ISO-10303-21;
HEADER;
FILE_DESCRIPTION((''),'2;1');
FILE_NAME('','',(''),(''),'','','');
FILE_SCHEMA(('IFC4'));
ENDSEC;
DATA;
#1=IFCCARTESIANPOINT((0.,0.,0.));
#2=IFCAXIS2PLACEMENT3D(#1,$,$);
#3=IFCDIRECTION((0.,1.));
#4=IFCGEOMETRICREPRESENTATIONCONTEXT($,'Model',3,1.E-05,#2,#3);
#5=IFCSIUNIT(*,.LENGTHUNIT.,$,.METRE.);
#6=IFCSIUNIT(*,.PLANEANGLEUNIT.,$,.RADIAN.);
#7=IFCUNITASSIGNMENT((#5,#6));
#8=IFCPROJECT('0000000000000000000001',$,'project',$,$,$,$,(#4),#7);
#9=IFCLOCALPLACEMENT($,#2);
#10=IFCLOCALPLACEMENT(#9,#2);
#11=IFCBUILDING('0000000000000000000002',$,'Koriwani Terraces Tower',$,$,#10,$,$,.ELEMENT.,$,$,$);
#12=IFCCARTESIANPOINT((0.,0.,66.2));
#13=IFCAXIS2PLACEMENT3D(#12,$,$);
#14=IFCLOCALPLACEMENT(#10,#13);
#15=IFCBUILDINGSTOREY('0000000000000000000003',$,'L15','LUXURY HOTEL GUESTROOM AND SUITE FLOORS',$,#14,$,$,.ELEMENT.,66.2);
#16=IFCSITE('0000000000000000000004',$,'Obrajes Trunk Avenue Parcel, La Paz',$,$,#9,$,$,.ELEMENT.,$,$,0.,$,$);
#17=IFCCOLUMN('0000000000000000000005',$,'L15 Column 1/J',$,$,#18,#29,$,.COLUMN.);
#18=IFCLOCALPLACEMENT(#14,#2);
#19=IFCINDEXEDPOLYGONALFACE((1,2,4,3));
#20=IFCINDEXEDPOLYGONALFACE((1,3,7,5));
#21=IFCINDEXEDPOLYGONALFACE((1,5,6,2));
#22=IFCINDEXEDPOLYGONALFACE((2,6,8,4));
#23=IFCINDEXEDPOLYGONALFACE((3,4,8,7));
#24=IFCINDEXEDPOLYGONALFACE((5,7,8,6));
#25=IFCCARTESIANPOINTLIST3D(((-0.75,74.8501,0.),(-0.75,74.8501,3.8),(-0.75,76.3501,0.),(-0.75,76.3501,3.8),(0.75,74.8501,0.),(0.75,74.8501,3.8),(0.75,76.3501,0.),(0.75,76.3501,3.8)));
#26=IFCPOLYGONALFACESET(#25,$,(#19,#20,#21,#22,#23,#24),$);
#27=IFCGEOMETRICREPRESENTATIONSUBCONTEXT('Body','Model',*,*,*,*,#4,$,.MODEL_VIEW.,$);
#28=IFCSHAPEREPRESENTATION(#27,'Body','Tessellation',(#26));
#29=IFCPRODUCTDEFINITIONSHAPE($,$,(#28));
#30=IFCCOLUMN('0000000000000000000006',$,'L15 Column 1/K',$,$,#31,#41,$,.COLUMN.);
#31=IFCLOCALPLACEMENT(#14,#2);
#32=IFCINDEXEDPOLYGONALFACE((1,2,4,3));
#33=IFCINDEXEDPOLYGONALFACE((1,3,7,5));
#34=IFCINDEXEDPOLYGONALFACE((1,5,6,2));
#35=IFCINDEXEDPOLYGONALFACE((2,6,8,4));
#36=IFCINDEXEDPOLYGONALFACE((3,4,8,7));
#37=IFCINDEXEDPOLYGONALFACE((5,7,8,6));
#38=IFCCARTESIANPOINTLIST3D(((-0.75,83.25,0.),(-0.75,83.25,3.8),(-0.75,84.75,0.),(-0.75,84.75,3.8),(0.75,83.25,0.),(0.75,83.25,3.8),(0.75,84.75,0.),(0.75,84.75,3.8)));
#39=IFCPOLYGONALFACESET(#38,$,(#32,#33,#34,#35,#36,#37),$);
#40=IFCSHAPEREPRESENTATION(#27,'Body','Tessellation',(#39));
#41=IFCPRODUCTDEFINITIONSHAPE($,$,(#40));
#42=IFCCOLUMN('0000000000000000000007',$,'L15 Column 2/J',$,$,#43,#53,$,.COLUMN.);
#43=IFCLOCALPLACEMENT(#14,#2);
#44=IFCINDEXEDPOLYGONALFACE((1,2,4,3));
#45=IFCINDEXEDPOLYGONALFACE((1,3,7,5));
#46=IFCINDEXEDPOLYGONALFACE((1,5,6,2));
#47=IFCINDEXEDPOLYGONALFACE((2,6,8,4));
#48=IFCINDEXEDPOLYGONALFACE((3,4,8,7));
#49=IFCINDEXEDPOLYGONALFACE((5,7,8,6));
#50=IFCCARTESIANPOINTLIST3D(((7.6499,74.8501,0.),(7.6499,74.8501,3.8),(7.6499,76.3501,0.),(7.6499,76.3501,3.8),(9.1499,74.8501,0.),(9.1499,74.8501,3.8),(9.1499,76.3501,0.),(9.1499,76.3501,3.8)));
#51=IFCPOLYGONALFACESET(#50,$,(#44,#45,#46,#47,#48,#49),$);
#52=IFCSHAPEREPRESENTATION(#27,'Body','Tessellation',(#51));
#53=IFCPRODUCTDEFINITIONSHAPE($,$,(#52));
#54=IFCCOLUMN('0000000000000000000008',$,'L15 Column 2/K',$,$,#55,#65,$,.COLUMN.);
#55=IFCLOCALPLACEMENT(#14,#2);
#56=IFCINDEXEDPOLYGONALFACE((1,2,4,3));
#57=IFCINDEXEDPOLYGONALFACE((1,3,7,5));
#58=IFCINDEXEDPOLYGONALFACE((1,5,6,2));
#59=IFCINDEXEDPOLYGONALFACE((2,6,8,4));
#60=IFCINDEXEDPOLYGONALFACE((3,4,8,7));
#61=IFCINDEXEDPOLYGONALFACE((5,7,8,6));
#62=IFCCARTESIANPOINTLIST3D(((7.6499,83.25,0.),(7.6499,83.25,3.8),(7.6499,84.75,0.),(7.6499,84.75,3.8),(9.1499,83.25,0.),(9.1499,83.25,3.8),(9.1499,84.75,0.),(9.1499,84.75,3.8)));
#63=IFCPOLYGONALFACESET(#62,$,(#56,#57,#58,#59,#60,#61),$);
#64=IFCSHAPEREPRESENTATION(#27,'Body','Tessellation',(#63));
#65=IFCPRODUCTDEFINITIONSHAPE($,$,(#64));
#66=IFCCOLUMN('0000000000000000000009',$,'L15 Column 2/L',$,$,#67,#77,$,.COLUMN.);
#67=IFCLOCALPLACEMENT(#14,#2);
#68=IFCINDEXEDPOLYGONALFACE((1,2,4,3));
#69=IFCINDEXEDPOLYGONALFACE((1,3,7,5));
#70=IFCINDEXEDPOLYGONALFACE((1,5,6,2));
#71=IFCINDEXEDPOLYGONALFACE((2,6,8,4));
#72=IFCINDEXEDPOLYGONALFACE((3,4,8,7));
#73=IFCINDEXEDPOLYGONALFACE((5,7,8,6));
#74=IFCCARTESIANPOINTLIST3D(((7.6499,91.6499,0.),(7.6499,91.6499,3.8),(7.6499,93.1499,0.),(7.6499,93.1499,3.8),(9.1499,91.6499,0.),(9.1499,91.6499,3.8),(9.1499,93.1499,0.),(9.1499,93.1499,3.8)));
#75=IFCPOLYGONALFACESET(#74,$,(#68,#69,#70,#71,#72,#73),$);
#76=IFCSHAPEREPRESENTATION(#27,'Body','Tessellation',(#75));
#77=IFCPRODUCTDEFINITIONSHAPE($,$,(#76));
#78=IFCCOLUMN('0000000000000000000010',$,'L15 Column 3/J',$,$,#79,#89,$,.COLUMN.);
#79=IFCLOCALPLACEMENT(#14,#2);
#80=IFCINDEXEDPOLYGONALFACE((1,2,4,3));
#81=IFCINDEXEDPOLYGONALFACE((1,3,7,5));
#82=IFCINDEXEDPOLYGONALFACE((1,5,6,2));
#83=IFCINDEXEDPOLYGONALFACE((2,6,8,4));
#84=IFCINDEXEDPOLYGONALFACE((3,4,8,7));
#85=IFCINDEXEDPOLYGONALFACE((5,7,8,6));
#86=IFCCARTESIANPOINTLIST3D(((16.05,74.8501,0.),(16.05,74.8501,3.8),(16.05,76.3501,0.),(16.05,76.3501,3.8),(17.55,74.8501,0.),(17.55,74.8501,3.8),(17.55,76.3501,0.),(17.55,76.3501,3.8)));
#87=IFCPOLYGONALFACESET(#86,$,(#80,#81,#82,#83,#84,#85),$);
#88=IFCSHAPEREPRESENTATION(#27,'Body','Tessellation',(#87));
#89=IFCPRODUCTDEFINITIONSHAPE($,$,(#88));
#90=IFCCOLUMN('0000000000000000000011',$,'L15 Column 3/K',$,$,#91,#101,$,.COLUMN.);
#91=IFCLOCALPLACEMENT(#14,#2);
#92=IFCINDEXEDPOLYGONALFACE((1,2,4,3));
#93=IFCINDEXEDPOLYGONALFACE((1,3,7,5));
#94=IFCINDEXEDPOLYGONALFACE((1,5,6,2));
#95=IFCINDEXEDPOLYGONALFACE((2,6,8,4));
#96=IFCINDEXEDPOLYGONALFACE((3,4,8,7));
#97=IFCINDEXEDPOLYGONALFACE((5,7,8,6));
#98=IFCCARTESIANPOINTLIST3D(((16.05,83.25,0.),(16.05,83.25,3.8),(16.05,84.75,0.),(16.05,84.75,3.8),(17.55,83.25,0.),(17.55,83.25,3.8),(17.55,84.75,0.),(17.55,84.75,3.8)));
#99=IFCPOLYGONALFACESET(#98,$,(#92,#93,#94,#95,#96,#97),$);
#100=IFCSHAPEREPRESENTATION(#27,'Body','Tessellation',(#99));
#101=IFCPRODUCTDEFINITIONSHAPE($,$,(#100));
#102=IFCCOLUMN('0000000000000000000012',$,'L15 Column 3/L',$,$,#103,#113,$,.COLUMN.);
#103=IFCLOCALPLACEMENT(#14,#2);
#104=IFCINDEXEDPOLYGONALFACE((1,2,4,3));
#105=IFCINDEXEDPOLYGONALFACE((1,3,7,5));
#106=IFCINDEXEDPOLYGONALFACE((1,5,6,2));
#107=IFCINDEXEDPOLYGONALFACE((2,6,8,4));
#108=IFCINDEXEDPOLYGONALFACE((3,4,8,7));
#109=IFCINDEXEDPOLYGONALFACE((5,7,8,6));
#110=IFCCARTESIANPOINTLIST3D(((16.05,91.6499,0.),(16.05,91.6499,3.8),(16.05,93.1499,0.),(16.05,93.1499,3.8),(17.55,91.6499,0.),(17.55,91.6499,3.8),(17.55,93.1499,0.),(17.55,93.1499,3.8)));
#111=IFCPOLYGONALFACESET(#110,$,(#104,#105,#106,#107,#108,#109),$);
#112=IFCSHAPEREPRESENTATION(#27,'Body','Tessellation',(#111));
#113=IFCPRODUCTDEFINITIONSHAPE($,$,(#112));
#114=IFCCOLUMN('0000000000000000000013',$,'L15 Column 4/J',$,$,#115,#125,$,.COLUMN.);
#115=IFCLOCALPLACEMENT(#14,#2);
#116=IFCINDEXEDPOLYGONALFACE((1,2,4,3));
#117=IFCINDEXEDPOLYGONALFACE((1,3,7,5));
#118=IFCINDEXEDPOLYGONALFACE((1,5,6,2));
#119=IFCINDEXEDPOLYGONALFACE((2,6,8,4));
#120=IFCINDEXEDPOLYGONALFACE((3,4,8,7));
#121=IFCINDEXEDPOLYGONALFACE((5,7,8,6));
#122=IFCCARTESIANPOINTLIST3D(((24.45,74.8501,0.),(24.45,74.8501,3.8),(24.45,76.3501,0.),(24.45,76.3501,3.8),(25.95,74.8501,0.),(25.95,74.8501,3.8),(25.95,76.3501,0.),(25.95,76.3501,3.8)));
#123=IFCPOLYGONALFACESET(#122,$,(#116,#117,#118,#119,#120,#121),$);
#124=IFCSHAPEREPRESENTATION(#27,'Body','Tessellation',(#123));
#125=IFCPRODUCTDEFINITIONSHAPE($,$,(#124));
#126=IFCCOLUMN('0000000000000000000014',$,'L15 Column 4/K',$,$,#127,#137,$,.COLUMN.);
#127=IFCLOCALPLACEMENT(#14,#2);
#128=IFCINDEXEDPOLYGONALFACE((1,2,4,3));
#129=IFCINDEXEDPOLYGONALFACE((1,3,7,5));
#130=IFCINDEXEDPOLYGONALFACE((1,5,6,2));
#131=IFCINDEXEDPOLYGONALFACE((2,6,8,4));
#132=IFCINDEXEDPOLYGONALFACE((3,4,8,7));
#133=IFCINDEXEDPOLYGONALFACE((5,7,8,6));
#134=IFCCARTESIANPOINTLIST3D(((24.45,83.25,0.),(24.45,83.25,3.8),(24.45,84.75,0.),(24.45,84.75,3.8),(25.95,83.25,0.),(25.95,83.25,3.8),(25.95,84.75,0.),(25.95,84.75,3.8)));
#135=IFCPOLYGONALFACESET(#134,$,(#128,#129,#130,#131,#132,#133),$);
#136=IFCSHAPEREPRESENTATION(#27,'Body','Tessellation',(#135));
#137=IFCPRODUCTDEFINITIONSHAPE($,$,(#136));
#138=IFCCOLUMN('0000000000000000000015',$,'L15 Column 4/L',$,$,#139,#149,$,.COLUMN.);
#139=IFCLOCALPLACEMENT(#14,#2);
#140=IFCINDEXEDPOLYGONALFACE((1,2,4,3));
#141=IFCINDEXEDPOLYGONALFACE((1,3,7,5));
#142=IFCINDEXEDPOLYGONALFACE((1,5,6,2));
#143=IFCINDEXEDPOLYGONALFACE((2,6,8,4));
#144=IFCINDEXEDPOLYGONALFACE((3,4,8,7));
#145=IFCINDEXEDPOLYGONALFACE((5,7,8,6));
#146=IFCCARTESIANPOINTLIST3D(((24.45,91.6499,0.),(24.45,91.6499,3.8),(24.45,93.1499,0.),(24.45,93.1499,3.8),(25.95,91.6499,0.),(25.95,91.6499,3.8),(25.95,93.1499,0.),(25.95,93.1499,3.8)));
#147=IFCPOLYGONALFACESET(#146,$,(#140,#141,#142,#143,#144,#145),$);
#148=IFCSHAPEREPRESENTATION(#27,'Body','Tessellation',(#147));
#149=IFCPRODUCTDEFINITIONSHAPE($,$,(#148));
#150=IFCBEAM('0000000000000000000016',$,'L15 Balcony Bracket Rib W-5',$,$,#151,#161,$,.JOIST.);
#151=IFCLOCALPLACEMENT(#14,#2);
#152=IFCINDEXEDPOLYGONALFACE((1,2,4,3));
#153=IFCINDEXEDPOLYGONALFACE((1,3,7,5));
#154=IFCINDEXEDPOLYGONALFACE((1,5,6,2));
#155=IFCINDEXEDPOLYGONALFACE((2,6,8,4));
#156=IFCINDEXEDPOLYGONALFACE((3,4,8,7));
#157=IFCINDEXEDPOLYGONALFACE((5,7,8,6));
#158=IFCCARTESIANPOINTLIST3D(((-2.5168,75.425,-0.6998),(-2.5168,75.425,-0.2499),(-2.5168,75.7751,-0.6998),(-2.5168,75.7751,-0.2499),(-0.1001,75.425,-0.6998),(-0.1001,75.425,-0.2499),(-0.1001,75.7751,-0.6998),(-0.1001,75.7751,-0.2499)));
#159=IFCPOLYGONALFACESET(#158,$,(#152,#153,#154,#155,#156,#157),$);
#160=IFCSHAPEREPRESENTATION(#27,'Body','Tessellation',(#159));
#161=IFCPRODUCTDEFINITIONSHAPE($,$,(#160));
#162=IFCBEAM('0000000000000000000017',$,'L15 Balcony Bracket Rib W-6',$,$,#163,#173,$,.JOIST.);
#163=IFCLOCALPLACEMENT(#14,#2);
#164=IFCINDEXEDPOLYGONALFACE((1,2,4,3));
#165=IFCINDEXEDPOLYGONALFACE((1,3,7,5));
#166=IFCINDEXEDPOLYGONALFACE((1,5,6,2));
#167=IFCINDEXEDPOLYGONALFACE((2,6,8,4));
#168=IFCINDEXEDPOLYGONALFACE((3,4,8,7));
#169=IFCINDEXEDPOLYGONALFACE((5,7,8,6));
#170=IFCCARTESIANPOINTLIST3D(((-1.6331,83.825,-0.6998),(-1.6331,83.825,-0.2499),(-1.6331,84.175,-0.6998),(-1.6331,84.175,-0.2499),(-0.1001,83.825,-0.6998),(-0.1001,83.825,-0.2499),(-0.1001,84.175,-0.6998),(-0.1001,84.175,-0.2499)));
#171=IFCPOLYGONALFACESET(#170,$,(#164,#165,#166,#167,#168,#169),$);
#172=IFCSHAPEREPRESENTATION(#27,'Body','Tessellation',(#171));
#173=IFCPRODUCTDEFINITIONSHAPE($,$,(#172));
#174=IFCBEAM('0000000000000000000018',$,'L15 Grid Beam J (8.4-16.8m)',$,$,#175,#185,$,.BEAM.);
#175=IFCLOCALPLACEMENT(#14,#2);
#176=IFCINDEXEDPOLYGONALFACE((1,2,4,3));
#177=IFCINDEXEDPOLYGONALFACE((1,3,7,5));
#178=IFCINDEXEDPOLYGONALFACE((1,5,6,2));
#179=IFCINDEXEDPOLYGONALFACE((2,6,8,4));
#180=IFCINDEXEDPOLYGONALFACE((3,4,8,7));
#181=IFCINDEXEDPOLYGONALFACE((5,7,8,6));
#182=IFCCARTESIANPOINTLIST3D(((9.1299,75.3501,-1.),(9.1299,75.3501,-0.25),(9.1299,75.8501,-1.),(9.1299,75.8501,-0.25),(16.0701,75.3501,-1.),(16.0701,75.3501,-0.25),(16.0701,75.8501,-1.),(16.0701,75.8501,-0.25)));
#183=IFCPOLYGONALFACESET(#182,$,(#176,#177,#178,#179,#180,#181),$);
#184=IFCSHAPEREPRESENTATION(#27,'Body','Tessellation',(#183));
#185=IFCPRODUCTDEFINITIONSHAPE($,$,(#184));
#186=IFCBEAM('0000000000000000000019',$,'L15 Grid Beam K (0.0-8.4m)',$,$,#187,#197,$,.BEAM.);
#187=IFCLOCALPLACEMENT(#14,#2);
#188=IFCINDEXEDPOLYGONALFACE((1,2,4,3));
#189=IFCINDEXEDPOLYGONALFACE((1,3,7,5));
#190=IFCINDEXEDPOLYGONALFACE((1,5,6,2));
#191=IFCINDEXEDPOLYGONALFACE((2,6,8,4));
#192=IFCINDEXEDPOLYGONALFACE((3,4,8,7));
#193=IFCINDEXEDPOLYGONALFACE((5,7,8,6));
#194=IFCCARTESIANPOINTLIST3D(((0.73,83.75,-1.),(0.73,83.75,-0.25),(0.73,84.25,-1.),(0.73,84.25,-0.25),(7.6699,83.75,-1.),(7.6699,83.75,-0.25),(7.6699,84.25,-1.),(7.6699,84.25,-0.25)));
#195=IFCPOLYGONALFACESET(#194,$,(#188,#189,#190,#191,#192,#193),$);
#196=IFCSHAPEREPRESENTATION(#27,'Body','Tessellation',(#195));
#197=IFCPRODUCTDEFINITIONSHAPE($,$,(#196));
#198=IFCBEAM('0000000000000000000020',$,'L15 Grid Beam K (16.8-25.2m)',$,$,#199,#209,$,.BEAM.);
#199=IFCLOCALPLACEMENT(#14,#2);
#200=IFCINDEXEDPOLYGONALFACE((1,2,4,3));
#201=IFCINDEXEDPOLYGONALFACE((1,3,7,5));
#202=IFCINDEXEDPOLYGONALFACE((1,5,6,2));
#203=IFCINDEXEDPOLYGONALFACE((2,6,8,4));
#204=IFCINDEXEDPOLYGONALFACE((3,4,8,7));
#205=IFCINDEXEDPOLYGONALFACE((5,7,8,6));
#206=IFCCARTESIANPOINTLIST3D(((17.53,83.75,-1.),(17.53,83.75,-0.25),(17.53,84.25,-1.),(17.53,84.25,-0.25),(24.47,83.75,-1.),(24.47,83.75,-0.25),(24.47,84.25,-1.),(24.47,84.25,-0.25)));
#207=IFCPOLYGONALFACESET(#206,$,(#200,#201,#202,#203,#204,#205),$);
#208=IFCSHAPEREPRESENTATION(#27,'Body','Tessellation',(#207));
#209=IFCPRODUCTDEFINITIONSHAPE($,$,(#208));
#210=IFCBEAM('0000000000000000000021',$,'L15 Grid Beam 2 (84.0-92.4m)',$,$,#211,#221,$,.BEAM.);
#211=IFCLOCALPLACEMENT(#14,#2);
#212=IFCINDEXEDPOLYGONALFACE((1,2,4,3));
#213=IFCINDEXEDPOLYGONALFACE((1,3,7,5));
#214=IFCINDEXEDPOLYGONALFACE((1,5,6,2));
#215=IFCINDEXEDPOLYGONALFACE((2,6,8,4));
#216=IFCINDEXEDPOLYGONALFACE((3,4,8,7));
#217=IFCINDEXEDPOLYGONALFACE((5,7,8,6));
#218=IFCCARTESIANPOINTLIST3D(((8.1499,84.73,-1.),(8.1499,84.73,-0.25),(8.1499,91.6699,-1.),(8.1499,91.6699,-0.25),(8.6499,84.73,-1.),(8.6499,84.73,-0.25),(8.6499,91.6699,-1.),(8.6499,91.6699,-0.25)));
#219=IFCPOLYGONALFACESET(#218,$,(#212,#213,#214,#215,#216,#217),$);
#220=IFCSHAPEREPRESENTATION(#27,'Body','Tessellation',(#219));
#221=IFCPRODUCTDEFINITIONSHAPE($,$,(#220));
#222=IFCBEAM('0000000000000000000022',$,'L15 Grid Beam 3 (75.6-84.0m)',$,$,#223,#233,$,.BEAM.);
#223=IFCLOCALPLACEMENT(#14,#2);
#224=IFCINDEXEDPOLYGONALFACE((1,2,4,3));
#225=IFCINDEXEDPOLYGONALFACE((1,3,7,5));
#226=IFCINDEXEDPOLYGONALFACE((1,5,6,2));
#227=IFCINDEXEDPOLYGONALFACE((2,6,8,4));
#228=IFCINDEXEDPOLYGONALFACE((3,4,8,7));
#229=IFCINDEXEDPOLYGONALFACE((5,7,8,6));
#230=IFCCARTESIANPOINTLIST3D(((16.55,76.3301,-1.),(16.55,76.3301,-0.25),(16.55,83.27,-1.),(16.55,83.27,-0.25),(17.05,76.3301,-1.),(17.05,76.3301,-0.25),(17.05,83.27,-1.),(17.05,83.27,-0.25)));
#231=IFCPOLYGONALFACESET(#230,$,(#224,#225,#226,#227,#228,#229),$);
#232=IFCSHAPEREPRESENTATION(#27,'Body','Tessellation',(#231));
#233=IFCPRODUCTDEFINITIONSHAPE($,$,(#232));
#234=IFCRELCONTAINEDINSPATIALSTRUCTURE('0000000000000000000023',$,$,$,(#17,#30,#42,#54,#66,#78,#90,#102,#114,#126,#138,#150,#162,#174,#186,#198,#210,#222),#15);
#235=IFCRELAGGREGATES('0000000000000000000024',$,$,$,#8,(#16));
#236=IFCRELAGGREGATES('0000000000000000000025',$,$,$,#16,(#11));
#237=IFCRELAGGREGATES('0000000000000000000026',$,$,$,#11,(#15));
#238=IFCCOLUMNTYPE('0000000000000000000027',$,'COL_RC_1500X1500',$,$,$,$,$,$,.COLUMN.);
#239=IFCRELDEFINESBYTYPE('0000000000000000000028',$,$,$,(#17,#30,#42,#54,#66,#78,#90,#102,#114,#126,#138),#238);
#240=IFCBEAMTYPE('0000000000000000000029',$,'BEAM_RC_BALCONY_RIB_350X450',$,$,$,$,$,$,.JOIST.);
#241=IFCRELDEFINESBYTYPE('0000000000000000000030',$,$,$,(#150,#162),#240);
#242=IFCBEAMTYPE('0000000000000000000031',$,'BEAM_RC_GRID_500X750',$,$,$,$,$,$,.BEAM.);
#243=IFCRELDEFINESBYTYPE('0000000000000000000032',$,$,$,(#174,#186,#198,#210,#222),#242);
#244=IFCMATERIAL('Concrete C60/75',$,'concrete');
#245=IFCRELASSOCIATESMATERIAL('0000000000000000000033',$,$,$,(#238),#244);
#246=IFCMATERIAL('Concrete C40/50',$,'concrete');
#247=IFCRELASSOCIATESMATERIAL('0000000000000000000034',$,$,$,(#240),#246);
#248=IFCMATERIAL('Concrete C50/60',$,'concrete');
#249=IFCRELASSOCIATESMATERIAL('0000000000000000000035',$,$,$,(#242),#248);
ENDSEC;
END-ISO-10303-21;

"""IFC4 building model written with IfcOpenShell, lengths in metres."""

from ifc_helpers import new_model, si_unit, direction, frame, origin, origin_2d, place, context, subcontext, project, spatial, rectangle, extrude, material, material_profile, profile_set, type_object, element, save


model = new_model("IFC4")

# Units and contexts
model_context = context("Model", 3, precision=1e-05, world=origin(), true_north=direction((0.0, 1.0)))
body_context = subcontext(model_context, "Body", "Model", "MODEL_VIEW")
ifc_project = project(units=[si_unit("LENGTHUNIT", "METRE"), si_unit("PLANEANGLEUNIT", "RADIAN")], contexts=[model_context])

# Site, building, storey
site_placement = place(None, origin())
site = spatial("IfcSite", under=ifc_project, at=site_placement, Name="Obrajes Trunk Avenue Parcel, La Paz", CompositionType="ELEMENT", RefElevation=0.0)
building_placement = place(site_placement, origin())
building = spatial("IfcBuilding", under=site, at=building_placement, Name="Koriwani Terraces Tower", CompositionType="ELEMENT")
storey_placement = place(building_placement, frame((0.0, 0.0, 66.2)))
storey = spatial("IfcBuildingStorey", under=building, at=storey_placement, Name="L15", Description="LUXURY HOTEL GUESTROOM AND SUITE FLOORS", CompositionType="ELEMENT", Elevation=66.2)

# Columns
ifc_material_1 = material(Name="Concrete C60/75", Category="concrete")
ifc_material_profile_1 = material_profile(ifc_material_1, rectangle(XDim=1.5, YDim=1.5, at=origin_2d()), Name="Concrete C60/75", Category="LoadBearing")
ifc_profile_set_1 = profile_set([ifc_material_profile_1], Name="Concrete C60/75")
column_type = type_object("IfcColumnType", Name="COL_RC_1500X1500", PredefinedType="COLUMN", material=ifc_profile_set_1)
for number, where, z_axis, x_axis, name in (
    (1, (0.0, 75.6001, 0.0), (0.0, 0.0, 1.0), (1.0, 0.0, 0.0), "L15 Column 1/J"),
    (2, (0.0, 84.0, 0.0), (0.0, 0.0, 1.0), (1.0, 0.0, 0.0), "L15 Column 1/K"),
    (3, (8.3999, 75.6001, 0.0), (0.0, 0.0, 1.0), (1.0, 0.0, 0.0), "L15 Column 2/J"),
    (4, (8.3999, 84.0, 0.0), (0.0, 0.0, 1.0), (1.0, 0.0, 0.0), "L15 Column 2/K"),
    (5, (8.3999, 92.3999, 0.0), (0.0, 0.0, 1.0), (1.0, 0.0, 0.0), "L15 Column 2/L"),
    (6, (16.8, 75.6001, 0.0), (0.0, 0.0, 1.0), (1.0, 0.0, 0.0), "L15 Column 3/J"),
    (7, (16.8, 84.0, 0.0), (0.0, 0.0, 1.0), (1.0, 0.0, 0.0), "L15 Column 3/K"),
    (8, (16.8, 92.3999, 0.0), (0.0, 0.0, 1.0), (1.0, 0.0, 0.0), "L15 Column 3/L"),
    (9, (25.2, 75.6001, 0.0), (0.0, 0.0, 1.0), (1.0, 0.0, 0.0), "L15 Column 4/J"),
    (10, (25.2, 84.0, 0.0), (0.0, 0.0, 1.0), (1.0, 0.0, 0.0), "L15 Column 4/K"),
    (11, (25.2, 92.3999, 0.0), (0.0, 0.0, 1.0), (1.0, 0.0, 0.0), "L15 Column 4/L"),
):
    element("IfcColumn", number, at=place(storey_placement, frame(where, z_axis=z_axis, x_axis=x_axis)), inside=storey, type_object=column_type, Name=name, PredefinedType="COLUMN", context=body_context, shape_type="SweptSolid", body=[
        extrude(rectangle(XDim=1.5, YDim=1.5, at=origin_2d()), origin(), (0.0, 0.0, 1.0), 3.8),
    ])

# Beams
ifc_material_2 = material(Name="Concrete C40/50", Category="concrete")
ifc_material_profile_2 = material_profile(ifc_material_2, rectangle(XDim=0.3501, YDim=0.45, at=origin_2d()), Name="Concrete C40/50", Category="LoadBearing")
ifc_profile_set_2 = profile_set([ifc_material_profile_2], Name="Concrete C40/50")
beam_type_1 = type_object("IfcBeamType", Name="BEAM_RC_BALCONY_RIB_350X450", PredefinedType="JOIST", material=ifc_profile_set_2)
beam_1_placement = place(storey_placement, frame((-2.5168, 75.6001, -0.4749), z_axis=(1.0, 0.0, 0.0), x_axis=(0.0, 1.0, 0.0)))
element("IfcBeam", 12, at=beam_1_placement, inside=storey, type_object=beam_type_1, Name="L15 Balcony Bracket Rib W-5", PredefinedType="JOIST", context=body_context, shape_type="SweptSolid", body=[
    extrude(rectangle(XDim=0.3501, YDim=0.45, at=origin_2d()), origin(), (0.0, 0.0, 1.0), 2.4167),
])
beam_2_placement = place(storey_placement, frame((-1.6331, 84.0, -0.4749), z_axis=(1.0, 0.0, 0.0), x_axis=(0.0, 1.0, 0.0)))
element("IfcBeam", 13, at=beam_2_placement, inside=storey, type_object=beam_type_1, Name="L15 Balcony Bracket Rib W-6", PredefinedType="JOIST", context=body_context, shape_type="SweptSolid", body=[
    extrude(rectangle(XDim=0.3501, YDim=0.45, at=origin_2d()), origin(), (0.0, 0.0, 1.0), 1.533),
])
ifc_material_3 = material(Name="Concrete C50/60", Category="concrete")
ifc_material_profile_3 = material_profile(ifc_material_3, rectangle(XDim=0.5, YDim=0.75, at=origin_2d()), Name="Concrete C50/60", Category="LoadBearing")
ifc_profile_set_3 = profile_set([ifc_material_profile_3], Name="Concrete C50/60")
beam_type_2 = type_object("IfcBeamType", Name="BEAM_RC_GRID_500X750", PredefinedType="BEAM", material=ifc_profile_set_3)
beam_3_placement = place(storey_placement, frame((9.1299, 75.6001, -0.625), z_axis=(1.0, 0.0, 0.0), x_axis=(0.0, 1.0, 0.0)))
element("IfcBeam", 14, at=beam_3_placement, inside=storey, type_object=beam_type_2, Name="L15 Grid Beam J (8.4-16.8m)", PredefinedType="BEAM", context=body_context, shape_type="SweptSolid", body=[
    extrude(rectangle(XDim=0.5, YDim=0.75, at=origin_2d()), origin(), (0.0, 0.0, 1.0), 6.9402),
])
for number, where, z_axis, x_axis, name in (
    (15, (0.73, 84.0, -0.625), (1.0, 0.0, 0.0), (0.0, 1.0, 0.0), "L15 Grid Beam K (0.0-8.4m)"),
    (16, (17.53, 84.0, -0.625), (1.0, 0.0, 0.0), (0.0, 1.0, 0.0), "L15 Grid Beam K (16.8-25.2m)"),
    (17, (8.3999, 84.73, -0.625), (0.0, 1.0, 0.0), (-1.0, 0.0, 0.0), "L15 Grid Beam 2 (84.0-92.4m)"),
    (18, (16.8, 76.3301, -0.625), (0.0, 1.0, 0.0), (-1.0, 0.0, 0.0), "L15 Grid Beam 3 (75.6-84.0m)"),
):
    element("IfcBeam", number, at=place(storey_placement, frame(where, z_axis=z_axis, x_axis=x_axis)), inside=storey, type_object=beam_type_2, Name=name, PredefinedType="BEAM", context=body_context, shape_type="SweptSolid", body=[
        extrude(rectangle(XDim=0.5, YDim=0.75, at=origin_2d()), origin(), (0.0, 0.0, 1.0), 6.9399),
    ])

save(model, "model.ifc")
